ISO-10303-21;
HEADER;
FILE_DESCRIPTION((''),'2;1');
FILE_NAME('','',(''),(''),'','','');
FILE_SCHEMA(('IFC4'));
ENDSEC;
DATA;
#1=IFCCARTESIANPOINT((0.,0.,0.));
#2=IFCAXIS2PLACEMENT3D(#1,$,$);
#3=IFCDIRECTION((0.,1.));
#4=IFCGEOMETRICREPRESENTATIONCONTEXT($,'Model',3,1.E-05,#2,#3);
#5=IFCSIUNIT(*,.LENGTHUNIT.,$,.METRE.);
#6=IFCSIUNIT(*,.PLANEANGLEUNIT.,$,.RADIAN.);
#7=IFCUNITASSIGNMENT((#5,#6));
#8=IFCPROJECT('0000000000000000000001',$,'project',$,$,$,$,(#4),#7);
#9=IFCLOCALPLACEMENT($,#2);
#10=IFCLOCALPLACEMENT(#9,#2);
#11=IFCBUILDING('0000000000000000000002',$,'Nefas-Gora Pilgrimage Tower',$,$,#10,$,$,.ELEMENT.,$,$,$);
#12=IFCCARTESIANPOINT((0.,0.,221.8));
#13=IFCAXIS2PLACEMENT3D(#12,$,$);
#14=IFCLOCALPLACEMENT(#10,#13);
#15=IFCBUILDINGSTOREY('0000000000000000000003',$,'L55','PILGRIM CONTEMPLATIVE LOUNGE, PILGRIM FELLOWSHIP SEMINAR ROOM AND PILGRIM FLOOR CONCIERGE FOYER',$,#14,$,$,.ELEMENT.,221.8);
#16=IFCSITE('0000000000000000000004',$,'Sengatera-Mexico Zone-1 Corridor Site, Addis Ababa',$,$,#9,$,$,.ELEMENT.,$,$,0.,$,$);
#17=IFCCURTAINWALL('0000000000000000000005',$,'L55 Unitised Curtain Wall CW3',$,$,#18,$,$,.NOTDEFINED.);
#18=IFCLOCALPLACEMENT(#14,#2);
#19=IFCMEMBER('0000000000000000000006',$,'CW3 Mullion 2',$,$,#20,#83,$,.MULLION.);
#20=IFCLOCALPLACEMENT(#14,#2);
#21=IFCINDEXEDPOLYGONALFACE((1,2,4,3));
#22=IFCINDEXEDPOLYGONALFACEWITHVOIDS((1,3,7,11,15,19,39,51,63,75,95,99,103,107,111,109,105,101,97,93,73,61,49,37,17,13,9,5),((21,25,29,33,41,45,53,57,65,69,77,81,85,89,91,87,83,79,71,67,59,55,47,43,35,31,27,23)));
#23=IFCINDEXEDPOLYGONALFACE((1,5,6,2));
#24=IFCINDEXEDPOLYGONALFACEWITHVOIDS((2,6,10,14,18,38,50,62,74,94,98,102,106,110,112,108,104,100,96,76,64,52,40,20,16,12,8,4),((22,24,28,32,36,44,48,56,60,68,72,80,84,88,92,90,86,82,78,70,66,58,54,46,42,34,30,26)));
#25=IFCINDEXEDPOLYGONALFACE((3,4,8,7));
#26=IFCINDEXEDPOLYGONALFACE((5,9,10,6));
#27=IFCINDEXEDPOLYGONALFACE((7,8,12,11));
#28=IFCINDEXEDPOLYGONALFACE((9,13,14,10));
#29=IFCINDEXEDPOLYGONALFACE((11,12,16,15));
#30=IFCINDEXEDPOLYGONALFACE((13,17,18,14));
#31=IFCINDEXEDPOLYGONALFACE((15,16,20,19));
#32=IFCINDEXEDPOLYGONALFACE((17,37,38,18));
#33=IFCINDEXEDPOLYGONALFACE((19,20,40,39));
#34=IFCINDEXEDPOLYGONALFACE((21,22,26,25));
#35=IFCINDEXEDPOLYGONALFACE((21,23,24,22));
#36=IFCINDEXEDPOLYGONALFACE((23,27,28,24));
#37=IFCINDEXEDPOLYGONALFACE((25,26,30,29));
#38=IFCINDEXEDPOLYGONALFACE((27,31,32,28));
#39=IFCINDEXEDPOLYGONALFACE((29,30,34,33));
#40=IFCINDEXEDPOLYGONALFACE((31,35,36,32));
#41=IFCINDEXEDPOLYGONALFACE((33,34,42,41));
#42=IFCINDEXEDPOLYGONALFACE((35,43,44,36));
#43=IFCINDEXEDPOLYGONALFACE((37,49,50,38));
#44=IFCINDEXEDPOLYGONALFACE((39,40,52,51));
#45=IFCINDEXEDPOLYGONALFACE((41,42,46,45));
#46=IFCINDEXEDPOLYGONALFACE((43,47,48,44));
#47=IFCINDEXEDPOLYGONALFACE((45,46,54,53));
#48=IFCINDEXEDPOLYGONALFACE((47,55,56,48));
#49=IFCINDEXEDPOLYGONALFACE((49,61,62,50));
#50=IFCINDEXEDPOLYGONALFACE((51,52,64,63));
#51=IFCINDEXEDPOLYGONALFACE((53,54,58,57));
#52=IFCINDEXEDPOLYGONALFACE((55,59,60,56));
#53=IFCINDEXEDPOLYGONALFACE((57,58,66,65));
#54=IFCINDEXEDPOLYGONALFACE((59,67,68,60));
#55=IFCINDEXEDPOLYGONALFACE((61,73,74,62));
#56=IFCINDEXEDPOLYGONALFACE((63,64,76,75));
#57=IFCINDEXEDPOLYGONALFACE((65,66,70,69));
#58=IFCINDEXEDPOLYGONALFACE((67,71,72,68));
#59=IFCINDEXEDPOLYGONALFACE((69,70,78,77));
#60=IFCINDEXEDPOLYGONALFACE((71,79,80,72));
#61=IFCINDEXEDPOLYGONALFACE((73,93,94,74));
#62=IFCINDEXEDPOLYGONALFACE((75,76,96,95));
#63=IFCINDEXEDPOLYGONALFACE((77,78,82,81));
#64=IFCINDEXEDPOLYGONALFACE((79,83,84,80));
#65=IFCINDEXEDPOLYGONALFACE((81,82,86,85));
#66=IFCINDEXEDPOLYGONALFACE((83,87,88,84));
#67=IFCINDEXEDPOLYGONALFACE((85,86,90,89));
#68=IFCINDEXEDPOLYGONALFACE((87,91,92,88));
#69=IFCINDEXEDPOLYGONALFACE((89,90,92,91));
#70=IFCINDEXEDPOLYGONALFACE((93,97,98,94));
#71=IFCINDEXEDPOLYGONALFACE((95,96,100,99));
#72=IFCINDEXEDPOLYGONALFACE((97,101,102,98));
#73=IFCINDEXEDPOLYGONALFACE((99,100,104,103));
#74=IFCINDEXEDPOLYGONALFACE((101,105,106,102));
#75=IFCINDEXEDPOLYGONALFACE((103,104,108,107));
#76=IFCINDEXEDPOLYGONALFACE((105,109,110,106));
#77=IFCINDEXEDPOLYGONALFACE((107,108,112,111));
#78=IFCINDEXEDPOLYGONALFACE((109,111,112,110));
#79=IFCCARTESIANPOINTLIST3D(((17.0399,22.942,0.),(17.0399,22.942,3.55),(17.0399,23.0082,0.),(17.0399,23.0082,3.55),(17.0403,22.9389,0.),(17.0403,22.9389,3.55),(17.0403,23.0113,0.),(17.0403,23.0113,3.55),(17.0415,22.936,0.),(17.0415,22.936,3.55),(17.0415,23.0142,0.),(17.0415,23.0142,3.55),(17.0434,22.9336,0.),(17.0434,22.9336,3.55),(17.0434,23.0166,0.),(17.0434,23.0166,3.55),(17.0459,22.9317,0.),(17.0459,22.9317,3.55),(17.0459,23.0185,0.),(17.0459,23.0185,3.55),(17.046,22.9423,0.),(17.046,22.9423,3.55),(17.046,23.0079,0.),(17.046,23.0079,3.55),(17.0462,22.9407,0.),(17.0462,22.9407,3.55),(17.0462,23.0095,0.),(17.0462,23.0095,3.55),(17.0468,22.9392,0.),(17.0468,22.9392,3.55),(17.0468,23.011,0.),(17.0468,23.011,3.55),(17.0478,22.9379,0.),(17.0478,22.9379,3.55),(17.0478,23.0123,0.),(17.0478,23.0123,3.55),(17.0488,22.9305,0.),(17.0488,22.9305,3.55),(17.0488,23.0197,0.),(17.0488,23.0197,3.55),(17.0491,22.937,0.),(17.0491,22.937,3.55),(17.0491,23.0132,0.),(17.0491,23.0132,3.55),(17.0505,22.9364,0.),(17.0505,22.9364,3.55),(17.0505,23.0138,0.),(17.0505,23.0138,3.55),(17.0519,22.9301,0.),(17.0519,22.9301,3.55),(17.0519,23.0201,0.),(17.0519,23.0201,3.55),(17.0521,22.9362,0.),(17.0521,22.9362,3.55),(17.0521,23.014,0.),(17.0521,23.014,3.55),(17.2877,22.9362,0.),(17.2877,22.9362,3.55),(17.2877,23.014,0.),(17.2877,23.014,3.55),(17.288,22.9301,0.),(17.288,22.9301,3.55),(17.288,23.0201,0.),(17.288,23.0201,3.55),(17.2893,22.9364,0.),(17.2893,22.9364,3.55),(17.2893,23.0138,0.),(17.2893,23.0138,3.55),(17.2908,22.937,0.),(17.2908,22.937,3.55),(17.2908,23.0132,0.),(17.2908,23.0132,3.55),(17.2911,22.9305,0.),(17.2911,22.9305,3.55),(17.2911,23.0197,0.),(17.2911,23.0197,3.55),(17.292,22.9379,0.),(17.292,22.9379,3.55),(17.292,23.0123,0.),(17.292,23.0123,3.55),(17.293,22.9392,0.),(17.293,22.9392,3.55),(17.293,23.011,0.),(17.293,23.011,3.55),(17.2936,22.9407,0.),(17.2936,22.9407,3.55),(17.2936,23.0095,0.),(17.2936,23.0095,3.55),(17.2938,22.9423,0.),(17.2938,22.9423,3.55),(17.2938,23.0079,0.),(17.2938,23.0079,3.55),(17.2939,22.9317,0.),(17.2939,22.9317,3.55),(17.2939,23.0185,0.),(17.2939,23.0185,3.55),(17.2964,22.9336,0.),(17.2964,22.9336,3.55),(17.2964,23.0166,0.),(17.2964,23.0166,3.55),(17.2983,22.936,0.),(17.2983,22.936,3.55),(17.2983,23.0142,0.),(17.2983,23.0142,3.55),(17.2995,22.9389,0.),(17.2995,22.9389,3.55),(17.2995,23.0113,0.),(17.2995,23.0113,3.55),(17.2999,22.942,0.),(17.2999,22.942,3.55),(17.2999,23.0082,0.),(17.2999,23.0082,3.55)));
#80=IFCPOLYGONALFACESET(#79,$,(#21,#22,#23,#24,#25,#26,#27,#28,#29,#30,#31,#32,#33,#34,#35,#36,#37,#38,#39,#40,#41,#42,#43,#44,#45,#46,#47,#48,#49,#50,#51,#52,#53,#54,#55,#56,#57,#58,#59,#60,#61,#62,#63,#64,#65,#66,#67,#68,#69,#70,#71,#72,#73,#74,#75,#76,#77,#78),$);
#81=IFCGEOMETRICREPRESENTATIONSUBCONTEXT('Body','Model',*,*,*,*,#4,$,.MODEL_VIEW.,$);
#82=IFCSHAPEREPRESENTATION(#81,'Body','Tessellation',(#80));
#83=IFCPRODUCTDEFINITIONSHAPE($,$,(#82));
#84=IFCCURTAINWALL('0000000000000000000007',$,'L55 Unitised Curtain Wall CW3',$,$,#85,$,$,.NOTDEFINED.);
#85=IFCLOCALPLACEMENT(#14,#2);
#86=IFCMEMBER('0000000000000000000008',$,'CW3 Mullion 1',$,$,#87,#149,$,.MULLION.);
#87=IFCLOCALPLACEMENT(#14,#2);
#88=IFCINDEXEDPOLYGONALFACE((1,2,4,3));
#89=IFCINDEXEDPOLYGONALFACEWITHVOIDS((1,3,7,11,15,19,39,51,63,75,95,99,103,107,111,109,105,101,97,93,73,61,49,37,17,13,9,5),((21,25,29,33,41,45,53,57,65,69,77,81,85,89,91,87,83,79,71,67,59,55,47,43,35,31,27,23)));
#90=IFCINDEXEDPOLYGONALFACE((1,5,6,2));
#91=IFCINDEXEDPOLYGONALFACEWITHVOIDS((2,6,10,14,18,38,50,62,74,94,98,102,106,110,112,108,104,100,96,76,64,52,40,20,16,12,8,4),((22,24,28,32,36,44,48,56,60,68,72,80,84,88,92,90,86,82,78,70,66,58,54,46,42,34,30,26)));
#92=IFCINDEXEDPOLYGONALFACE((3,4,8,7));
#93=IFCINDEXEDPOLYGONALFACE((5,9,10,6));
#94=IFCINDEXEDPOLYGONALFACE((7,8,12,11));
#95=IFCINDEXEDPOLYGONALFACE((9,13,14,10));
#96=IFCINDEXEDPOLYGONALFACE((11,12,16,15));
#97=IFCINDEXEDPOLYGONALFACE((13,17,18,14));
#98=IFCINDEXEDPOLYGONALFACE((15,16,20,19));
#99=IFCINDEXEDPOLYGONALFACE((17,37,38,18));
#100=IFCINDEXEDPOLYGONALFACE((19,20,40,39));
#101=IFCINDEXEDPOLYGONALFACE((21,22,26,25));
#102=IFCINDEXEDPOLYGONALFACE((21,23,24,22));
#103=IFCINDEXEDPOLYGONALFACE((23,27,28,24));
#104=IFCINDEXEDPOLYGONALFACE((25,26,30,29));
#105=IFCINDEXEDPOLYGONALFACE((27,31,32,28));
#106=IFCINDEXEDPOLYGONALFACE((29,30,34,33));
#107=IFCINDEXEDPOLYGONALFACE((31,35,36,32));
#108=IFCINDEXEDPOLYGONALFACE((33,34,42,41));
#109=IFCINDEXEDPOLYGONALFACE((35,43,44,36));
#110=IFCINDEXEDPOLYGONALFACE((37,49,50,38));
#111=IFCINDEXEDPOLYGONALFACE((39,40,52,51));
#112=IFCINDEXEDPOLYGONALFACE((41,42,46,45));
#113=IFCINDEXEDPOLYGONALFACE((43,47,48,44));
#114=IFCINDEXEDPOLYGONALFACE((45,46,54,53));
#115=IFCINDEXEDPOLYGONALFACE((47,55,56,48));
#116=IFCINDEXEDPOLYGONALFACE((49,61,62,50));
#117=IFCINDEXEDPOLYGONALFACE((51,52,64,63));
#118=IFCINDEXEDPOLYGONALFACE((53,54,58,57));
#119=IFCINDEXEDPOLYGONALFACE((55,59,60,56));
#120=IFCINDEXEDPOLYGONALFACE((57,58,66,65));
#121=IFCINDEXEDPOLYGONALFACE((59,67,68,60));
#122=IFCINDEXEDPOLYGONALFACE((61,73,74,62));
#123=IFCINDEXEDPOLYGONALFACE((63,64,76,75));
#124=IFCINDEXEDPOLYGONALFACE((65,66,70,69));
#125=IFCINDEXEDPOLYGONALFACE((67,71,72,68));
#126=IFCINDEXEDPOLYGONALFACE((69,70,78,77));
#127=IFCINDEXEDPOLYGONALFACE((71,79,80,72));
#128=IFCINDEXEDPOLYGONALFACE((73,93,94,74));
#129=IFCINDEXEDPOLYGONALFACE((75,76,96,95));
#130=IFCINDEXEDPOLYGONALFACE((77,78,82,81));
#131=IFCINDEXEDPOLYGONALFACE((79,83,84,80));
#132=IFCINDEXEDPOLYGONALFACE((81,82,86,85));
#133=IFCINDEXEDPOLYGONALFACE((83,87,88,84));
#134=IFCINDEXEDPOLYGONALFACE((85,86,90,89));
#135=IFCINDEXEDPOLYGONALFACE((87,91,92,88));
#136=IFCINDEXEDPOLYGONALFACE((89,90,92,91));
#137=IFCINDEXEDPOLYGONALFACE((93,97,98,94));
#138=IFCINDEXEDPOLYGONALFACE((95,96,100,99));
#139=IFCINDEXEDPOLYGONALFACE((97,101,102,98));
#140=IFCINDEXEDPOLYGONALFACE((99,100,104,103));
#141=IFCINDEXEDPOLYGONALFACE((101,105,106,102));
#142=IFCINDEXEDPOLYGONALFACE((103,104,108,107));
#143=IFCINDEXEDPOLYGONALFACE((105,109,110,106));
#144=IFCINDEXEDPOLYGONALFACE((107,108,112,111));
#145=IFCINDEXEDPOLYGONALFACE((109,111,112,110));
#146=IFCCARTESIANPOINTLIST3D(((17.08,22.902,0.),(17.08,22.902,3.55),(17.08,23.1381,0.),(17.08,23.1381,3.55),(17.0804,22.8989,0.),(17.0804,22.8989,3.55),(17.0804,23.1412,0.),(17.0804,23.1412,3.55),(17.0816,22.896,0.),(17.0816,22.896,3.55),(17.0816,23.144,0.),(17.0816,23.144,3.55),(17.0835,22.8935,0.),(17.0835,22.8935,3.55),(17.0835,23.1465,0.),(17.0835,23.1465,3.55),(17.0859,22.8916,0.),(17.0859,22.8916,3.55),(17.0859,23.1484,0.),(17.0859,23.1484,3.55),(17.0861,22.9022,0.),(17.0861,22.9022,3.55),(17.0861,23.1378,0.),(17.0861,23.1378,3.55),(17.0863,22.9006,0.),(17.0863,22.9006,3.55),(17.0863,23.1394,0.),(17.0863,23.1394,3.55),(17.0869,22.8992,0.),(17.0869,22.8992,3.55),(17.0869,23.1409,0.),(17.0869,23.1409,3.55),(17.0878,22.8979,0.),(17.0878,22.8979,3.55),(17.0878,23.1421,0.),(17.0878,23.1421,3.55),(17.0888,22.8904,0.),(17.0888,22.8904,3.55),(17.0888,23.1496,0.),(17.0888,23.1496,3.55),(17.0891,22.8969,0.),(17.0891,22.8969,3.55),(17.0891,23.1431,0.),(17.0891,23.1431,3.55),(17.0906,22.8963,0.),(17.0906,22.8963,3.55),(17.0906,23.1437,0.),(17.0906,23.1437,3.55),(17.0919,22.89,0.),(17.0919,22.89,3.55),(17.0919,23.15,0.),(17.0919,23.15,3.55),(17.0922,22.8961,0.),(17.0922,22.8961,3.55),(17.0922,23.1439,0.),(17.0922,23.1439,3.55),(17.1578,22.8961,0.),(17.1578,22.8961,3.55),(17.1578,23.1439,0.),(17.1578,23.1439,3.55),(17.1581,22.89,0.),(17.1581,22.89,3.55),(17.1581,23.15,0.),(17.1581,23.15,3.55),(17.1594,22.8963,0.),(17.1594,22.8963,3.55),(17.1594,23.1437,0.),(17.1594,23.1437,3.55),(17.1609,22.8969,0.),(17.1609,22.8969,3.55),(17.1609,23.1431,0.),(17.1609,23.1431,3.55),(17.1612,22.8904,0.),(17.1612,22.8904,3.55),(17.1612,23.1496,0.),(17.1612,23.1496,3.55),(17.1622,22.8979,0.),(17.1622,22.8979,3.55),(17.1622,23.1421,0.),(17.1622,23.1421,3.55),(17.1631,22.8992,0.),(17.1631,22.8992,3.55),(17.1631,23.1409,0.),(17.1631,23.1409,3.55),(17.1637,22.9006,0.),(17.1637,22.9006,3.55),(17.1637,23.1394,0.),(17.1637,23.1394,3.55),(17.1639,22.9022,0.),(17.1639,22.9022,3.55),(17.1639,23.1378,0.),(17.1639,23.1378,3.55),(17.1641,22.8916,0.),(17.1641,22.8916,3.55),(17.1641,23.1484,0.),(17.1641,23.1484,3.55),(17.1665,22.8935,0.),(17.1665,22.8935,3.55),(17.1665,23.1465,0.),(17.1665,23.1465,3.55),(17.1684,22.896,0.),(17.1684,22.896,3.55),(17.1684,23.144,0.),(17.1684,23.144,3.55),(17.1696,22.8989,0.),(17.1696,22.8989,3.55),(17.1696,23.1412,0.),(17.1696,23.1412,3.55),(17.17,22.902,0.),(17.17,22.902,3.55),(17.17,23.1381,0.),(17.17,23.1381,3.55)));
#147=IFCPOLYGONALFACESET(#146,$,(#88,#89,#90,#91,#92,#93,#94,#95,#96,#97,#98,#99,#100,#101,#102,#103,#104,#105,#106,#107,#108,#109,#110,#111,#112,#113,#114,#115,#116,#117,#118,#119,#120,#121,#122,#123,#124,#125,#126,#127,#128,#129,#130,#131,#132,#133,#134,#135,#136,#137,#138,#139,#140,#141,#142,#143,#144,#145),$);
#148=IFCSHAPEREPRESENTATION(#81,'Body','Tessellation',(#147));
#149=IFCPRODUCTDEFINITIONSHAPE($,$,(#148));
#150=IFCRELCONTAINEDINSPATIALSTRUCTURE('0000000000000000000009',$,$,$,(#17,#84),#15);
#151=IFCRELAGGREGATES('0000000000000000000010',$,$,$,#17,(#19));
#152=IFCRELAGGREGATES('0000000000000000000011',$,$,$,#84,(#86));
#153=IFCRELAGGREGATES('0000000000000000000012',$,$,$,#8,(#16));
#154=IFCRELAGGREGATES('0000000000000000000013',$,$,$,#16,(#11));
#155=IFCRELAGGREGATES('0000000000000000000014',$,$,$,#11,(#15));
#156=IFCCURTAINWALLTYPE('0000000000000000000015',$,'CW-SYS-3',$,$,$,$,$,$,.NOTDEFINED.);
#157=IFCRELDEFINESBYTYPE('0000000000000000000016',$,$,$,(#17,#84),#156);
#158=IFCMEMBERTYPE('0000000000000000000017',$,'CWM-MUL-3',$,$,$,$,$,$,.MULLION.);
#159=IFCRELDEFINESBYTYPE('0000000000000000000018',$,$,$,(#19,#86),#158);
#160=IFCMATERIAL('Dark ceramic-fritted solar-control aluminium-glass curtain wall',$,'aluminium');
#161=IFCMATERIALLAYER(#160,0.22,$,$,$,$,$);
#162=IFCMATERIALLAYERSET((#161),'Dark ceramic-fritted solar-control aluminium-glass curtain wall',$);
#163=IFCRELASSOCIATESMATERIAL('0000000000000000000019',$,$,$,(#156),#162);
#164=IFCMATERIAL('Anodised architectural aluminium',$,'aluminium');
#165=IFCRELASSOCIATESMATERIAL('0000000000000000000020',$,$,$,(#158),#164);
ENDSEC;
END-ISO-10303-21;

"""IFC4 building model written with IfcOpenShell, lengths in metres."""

from ifc_helpers import new_model, si_unit, direction, frame, origin, origin_2d, place, context, subcontext, project, spatial, hollow_rectangle, extrude, source, transform, mapped, material, layer, layer_set, material_profile, profile_set, type_object, element, aggregate, save


model = new_model("IFC4")

# Units and contexts
model_context = context("Model", 3, precision=1e-05, world=origin(), true_north=direction((0.0, 1.0)))
body_context = subcontext(model_context, "Body", "Model", "MODEL_VIEW")
ifc_project = project(units=[si_unit("LENGTHUNIT", "METRE"), si_unit("PLANEANGLEUNIT", "RADIAN")], contexts=[model_context])

# Site, building, storey
site_placement = place(None, origin())
site = spatial("IfcSite", under=ifc_project, at=site_placement, Name="Sengatera-Mexico Zone-1 Corridor Site, Addis Ababa", CompositionType="ELEMENT", RefElevation=0.0)
building_placement = place(site_placement, origin())
building = spatial("IfcBuilding", under=site, at=building_placement, Name="Nefas-Gora Pilgrimage Tower", CompositionType="ELEMENT")
storey_placement = place(building_placement, frame((0.0, 0.0, 221.8)))
storey = spatial("IfcBuildingStorey", under=building, at=storey_placement, Name="L55", Description="PILGRIM CONTEMPLATIVE LOUNGE, PILGRIM FELLOWSHIP SEMINAR ROOM AND PILGRIM FLOOR CONCIERGE FOYER", CompositionType="ELEMENT", Elevation=221.8)

# Shared definitions
ifc_material_1 = material(Name="Dark ceramic-fritted solar-control aluminium-glass curtain wall", Category="aluminium")
ifc_layer_1 = layer(ifc_material_1, 0.22)
ifc_layer_set_1 = layer_set([ifc_layer_1], Name="Dark ceramic-fritted solar-control aluminium-glass curtain wall")
curtain_wall_type = type_object("IfcCurtainWallType", Name="CW-SYS-3", PredefinedType="NOTDEFINED", material=ifc_layer_set_1)
ifc_material_2 = material(Name="Anodised architectural aluminium", Category="aluminium")
ifc_material_profile_1 = material_profile(ifc_material_2, hollow_rectangle(XDim=0.0901, YDim=0.26, WallThickness=0.0061, InnerFilletRadius=0.0061, OuterFilletRadius=0.012, at=origin_2d()), Name="ALU MULLION 90x260")
ifc_profile_set_1 = profile_set([ifc_material_profile_1], Name="Anodised architectural aluminium")
member_type_1 = type_object("IfcMemberType", Name="CWM-MUL-3", PredefinedType="MULLION", material=ifc_profile_set_1)
shared_shape_1 = source(origin(), body_context, "Body", "SweptSolid", [
    extrude(hollow_rectangle(XDim=0.0901, YDim=0.26, WallThickness=0.0061, InnerFilletRadius=0.0061, OuterFilletRadius=0.012, at=origin_2d()), origin(), (0.0, 0.0, 1.0), 3.55),
])

# Curtain walls, members
curtain_wall_1_placement = place(storey_placement, origin())
curtain_wall_1 = element("IfcCurtainWall", 1, at=curtain_wall_1_placement, inside=storey, type_object=curtain_wall_type, Name="L55 Unitised Curtain Wall CW3", PredefinedType="NOTDEFINED")
member_1_placement = place(storey_placement, frame((17.1699, 22.9751, 0.0), z_axis=(0.0, 0.0, 1.0), x_axis=(0.0, 1.0, 0.0)))
member_1 = element("IfcMember", 2, at=member_1_placement, type_object=member_type_1, Name="CW3 Mullion 2", PredefinedType="MULLION", context=body_context, shape_type="MappedRepresentation", body=[
    mapped(shared_shape_1, transform((0.0, 0.0, 0.0), x_axis=(1.0, 0.0, 0.0), y_axis=(0.0, 1.0, 0.0), z_axis=(0.0, 0.0, 1.0), scale=1.0)),
])
curtain_wall_2_placement = place(storey_placement, origin())
curtain_wall_2 = element("IfcCurtainWall", 3, at=curtain_wall_2_placement, inside=storey, type_object=curtain_wall_type, Name="L55 Unitised Curtain Wall CW3", PredefinedType="NOTDEFINED")
member_2_placement = place(storey_placement, frame((17.125, 23.02, 0.0), z_axis=(0.0, 0.0, 1.0), x_axis=(-1.0, 0.0, 0.0)))
member_2 = element("IfcMember", 4, at=member_2_placement, type_object=member_type_1, Name="CW3 Mullion 1", PredefinedType="MULLION", context=body_context, shape_type="MappedRepresentation", body=[
    mapped(shared_shape_1, transform((0.0, 0.0, 0.0), x_axis=(1.0, 0.0, 0.0), y_axis=(0.0, 1.0, 0.0), z_axis=(0.0, 0.0, 1.0), scale=1.0)),
])

aggregate(curtain_wall_1, [member_1])
aggregate(curtain_wall_2, [member_2])

save(model, "model.ifc")
